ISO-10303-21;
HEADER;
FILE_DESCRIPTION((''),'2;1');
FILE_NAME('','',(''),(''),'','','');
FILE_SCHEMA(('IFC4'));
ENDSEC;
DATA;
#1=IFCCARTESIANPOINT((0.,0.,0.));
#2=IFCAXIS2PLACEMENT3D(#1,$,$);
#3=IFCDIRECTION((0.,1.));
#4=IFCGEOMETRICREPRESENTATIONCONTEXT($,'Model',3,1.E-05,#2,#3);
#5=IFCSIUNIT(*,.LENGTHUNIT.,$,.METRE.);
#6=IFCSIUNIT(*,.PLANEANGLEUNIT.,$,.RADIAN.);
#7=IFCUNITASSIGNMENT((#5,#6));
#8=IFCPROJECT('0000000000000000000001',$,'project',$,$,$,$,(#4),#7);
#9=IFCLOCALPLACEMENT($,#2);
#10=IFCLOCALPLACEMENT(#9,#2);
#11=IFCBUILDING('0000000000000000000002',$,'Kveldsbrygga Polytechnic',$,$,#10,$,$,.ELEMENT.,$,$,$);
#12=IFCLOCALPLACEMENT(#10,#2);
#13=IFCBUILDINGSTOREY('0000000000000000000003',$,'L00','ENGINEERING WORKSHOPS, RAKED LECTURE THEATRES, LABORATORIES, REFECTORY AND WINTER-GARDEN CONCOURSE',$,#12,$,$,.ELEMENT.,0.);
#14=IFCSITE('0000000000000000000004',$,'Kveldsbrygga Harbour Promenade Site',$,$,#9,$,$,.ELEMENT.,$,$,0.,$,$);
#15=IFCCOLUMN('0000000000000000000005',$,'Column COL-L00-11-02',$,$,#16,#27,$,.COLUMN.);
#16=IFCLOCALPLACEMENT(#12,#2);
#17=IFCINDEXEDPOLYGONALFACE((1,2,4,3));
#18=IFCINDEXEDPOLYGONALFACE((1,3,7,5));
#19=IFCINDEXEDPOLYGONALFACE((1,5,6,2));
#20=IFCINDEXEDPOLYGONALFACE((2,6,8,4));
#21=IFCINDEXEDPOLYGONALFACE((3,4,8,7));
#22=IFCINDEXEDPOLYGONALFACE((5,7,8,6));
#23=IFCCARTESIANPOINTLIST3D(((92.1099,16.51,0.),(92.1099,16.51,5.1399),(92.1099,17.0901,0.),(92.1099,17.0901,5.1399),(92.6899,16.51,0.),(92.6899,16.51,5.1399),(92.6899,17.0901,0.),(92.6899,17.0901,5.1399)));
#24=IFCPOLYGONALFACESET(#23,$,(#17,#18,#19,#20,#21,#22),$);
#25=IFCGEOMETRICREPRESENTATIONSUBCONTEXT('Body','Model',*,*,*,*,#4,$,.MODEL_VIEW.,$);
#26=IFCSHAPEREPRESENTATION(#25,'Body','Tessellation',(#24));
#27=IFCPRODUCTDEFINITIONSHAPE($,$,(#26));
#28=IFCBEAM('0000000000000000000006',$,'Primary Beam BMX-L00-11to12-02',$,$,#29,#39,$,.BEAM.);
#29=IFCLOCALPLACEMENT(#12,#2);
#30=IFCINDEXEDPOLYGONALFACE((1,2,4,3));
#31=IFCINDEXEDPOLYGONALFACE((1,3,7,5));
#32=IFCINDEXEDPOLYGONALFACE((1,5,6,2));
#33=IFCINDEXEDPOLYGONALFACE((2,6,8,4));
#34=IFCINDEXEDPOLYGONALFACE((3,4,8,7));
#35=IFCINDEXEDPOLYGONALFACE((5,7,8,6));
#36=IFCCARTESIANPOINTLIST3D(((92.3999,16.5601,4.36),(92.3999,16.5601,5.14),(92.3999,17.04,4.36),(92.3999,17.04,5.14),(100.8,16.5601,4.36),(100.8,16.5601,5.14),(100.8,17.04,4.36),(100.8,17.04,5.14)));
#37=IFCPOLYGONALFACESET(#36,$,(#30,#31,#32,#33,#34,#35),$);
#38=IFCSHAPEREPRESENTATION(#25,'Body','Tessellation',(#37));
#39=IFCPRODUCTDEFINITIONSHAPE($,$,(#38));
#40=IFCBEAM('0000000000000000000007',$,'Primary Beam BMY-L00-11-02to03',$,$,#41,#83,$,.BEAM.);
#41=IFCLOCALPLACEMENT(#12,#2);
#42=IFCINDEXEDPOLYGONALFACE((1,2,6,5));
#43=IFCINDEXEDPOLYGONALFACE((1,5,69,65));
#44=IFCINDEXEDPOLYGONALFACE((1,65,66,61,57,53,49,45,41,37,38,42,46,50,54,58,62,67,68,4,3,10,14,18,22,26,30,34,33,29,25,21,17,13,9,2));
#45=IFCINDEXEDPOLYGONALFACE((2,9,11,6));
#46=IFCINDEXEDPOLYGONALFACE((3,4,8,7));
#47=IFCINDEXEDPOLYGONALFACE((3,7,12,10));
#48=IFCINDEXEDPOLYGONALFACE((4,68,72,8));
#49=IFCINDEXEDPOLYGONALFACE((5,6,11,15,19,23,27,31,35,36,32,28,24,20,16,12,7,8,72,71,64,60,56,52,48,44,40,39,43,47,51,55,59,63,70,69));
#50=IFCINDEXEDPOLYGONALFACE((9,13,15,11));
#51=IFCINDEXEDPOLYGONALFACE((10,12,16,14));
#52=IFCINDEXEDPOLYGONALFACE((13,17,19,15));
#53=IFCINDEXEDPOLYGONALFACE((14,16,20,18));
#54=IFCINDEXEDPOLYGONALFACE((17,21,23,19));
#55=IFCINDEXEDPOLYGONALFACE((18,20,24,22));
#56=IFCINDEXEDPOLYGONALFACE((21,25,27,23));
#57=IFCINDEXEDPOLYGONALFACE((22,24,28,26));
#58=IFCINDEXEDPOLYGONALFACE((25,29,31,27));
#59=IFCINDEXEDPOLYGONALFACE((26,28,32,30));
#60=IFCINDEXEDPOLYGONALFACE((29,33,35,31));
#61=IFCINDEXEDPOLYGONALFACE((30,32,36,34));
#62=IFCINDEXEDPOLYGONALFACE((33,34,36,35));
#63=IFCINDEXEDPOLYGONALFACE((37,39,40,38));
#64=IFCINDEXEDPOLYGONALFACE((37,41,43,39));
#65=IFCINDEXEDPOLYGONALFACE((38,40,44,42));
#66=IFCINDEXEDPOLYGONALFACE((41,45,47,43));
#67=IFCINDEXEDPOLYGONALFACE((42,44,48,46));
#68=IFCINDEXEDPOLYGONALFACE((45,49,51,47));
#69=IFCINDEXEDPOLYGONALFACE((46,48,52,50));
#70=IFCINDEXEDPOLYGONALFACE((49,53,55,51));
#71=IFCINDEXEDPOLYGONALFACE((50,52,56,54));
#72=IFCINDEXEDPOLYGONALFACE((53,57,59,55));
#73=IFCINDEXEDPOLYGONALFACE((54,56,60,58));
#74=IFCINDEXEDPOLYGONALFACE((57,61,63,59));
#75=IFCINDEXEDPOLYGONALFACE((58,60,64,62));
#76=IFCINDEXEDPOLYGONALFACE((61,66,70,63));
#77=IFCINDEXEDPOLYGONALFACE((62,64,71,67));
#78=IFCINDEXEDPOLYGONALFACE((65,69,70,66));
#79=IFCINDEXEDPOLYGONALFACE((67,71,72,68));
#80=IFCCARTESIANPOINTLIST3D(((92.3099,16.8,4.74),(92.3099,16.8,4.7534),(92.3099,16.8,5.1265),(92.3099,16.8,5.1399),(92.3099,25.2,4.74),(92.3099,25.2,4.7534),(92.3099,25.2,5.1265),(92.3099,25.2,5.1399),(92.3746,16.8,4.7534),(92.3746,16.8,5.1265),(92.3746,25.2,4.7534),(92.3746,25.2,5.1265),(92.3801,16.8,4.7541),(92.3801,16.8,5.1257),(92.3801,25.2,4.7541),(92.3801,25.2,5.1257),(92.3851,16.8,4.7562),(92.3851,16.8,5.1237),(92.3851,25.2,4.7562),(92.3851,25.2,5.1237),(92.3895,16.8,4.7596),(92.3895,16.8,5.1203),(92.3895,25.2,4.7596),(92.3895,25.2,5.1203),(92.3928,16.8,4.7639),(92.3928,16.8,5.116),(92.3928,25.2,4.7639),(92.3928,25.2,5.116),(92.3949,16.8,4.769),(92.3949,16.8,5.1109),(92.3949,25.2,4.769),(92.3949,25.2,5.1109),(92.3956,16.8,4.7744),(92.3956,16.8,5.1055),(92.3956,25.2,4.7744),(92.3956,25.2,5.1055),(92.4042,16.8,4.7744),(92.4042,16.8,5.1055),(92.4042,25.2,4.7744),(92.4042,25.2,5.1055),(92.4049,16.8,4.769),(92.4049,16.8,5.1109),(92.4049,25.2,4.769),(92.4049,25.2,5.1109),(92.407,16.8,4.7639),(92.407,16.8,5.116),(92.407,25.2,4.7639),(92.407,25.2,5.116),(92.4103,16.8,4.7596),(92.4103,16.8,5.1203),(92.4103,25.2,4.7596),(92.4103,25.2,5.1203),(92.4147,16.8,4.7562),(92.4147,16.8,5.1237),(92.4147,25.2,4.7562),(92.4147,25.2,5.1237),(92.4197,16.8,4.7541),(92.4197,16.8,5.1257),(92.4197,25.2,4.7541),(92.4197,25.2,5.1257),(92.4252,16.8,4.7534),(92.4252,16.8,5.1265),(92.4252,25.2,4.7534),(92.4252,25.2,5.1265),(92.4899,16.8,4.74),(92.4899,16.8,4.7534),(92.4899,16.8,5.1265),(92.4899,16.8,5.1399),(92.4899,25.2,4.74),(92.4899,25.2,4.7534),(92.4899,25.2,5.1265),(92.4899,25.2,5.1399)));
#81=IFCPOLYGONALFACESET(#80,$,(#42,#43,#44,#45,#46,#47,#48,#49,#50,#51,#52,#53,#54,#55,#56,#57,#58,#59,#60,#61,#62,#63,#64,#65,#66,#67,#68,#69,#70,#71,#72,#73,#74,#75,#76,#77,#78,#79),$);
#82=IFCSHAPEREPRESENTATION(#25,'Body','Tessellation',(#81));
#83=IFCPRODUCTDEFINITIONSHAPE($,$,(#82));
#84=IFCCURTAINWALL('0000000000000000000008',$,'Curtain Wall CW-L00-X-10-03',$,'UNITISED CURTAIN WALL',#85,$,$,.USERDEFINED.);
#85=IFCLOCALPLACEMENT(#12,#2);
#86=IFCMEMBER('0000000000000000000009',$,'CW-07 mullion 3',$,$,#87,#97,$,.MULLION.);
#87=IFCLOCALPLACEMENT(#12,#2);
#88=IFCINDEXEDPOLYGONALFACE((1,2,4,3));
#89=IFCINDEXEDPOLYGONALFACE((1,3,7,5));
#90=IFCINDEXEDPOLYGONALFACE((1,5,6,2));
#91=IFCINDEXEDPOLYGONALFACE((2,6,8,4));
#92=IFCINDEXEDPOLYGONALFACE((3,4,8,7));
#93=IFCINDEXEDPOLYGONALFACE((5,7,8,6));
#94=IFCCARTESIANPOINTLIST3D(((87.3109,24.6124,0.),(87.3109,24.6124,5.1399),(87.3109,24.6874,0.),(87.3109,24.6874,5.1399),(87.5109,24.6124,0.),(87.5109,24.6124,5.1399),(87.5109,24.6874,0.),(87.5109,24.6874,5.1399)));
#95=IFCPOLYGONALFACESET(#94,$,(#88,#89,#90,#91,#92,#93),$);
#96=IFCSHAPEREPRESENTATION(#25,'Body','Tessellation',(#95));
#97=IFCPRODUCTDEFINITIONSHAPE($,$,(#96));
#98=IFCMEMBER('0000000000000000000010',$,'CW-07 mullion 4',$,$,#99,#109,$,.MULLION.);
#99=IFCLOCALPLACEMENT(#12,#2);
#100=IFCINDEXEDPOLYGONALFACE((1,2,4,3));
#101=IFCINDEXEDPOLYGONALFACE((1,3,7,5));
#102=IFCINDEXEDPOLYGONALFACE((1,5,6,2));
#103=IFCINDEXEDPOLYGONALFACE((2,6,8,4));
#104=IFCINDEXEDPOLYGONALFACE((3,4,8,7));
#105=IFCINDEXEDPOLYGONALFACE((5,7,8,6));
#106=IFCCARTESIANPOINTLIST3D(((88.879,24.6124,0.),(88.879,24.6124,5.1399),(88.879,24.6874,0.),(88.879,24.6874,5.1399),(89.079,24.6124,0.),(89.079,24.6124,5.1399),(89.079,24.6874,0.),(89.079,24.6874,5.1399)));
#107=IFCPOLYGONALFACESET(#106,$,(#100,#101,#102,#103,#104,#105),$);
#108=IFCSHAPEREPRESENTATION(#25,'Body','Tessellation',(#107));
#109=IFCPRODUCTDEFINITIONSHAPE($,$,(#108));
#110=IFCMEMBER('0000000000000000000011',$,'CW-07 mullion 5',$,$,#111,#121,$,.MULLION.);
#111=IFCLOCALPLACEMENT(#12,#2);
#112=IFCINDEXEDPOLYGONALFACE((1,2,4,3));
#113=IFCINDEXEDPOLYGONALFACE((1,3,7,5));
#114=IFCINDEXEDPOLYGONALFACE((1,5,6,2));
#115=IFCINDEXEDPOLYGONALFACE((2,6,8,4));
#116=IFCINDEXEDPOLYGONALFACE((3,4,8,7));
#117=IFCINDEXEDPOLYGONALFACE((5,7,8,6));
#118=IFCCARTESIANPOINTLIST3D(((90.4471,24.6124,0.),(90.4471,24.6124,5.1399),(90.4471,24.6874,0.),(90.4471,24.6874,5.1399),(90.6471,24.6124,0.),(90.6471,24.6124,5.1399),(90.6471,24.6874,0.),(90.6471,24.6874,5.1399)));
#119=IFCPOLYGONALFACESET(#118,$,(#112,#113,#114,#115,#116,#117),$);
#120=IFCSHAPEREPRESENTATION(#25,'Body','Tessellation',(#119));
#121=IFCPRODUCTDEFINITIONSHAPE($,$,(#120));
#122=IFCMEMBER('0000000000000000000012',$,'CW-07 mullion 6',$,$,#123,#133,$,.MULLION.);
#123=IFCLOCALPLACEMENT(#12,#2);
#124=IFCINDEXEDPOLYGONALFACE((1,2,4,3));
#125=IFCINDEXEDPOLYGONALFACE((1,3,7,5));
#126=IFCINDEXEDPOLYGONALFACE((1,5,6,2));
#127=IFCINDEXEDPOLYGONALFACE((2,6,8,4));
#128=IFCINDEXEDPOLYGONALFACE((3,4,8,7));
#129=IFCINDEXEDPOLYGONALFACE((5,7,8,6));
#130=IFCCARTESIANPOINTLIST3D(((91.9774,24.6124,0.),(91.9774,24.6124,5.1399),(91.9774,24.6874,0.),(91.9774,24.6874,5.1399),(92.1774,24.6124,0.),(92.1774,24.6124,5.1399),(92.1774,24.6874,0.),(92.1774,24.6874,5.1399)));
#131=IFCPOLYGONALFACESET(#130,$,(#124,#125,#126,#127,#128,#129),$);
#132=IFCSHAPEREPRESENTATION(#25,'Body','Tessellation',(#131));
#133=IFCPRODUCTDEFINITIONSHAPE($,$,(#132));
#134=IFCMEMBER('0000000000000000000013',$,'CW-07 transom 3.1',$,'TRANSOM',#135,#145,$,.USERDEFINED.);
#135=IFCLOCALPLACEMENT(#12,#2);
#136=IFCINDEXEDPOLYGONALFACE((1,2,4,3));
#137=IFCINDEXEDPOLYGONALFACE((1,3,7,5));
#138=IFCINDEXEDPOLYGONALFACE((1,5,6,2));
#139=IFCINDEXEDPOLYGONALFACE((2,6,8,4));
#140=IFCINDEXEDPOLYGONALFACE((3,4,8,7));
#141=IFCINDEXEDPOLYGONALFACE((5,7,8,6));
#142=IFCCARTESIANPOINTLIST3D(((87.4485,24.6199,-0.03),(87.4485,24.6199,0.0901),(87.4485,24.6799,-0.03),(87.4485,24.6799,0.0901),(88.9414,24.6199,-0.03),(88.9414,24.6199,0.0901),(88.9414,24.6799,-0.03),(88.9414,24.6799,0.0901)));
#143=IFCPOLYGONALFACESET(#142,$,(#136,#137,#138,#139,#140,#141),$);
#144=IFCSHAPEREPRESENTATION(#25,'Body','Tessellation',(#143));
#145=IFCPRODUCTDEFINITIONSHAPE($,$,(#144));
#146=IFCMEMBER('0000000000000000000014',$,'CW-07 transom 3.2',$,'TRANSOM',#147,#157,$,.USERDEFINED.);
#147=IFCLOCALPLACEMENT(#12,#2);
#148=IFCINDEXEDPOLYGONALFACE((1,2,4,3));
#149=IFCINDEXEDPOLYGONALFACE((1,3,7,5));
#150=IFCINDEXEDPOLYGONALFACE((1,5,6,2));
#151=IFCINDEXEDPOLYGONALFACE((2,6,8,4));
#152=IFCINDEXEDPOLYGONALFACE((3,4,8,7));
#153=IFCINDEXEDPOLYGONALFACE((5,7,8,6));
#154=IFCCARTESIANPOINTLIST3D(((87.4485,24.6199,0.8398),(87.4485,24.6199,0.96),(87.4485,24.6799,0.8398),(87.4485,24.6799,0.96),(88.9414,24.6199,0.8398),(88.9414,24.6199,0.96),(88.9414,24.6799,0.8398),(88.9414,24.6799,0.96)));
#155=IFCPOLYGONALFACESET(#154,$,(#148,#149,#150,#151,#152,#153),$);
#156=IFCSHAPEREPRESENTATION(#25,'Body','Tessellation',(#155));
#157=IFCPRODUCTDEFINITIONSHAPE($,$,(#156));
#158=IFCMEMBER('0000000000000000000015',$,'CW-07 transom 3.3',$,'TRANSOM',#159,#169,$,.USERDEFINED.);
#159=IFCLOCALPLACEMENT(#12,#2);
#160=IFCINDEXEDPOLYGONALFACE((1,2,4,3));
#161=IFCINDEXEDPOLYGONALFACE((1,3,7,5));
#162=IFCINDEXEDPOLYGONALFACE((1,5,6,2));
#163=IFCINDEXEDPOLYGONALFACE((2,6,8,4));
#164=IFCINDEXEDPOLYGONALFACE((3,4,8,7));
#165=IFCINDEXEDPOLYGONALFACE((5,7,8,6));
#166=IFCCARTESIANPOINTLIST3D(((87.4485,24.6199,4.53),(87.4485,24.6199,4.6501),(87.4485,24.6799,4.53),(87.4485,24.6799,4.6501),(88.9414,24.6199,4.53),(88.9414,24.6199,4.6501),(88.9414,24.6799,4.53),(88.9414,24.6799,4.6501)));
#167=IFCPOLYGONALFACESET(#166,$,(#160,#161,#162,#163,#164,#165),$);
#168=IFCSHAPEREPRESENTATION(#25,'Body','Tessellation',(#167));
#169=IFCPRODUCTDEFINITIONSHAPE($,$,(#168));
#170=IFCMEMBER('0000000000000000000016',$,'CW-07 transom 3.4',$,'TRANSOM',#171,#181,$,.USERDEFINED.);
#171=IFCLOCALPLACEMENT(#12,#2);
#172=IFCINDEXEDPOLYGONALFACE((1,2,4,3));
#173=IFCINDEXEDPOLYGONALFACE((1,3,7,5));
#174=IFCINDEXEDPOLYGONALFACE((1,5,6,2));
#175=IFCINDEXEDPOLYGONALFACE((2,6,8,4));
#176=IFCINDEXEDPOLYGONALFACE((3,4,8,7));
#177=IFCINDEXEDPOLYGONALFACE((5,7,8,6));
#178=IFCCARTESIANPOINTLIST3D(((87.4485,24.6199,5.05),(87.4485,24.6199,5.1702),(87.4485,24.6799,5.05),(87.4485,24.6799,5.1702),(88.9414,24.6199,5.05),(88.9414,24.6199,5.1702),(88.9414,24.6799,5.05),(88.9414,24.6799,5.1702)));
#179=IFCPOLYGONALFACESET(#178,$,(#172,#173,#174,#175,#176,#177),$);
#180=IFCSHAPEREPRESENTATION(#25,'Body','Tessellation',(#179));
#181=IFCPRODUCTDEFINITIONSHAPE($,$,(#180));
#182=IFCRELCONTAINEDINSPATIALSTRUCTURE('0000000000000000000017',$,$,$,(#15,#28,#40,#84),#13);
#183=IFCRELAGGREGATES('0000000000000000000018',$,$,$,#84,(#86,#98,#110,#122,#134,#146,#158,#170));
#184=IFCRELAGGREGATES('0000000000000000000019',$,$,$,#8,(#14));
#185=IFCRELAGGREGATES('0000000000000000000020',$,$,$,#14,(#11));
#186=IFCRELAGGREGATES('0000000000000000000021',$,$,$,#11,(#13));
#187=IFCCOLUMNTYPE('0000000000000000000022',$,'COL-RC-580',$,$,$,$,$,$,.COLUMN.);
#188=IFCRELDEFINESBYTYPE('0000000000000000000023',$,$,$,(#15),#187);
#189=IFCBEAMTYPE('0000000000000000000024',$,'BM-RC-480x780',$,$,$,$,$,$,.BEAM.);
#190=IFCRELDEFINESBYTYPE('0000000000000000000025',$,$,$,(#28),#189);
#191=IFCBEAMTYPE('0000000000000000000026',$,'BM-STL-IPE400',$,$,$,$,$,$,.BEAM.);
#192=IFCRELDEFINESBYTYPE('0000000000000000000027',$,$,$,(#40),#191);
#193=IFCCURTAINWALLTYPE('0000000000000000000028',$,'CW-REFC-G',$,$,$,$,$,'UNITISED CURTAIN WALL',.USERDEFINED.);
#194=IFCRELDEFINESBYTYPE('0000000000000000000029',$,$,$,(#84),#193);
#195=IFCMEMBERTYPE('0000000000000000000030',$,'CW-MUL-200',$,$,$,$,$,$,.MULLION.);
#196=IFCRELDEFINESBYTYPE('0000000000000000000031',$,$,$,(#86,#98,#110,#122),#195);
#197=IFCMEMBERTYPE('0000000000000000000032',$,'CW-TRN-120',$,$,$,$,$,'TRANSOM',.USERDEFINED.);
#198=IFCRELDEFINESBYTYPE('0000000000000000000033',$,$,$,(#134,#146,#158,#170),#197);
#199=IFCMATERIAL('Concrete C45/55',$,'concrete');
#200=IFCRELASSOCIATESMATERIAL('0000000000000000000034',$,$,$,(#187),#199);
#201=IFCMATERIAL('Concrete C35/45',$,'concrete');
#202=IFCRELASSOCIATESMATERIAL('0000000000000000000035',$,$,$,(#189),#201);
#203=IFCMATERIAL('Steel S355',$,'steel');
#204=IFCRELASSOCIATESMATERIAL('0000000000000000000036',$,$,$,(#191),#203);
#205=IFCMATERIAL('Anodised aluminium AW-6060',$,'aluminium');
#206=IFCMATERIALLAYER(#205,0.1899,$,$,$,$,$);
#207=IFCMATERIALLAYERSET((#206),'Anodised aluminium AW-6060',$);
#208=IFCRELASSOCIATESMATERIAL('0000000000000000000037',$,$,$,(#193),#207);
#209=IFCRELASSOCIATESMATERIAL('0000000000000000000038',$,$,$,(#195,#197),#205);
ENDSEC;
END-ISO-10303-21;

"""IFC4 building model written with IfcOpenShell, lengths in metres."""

from ifc_helpers import new_model, si_unit, direction, frame, origin, origin_2d, place, context, subcontext, project, spatial, rectangle, i_section, extrude, material, layer, layer_set, material_profile, profile_set, type_object, element, aggregate, save


model = new_model("IFC4")

# Units and contexts
model_context = context("Model", 3, precision=1e-05, world=origin(), true_north=direction((0.0, 1.0)))
body_context = subcontext(model_context, "Body", "Model", "MODEL_VIEW")
ifc_project = project(units=[si_unit("LENGTHUNIT", "METRE"), si_unit("PLANEANGLEUNIT", "RADIAN")], contexts=[model_context])

# Site, building, storey
site_placement = place(None, origin())
site = spatial("IfcSite", under=ifc_project, at=site_placement, Name="Kveldsbrygga Harbour Promenade Site", CompositionType="ELEMENT", RefElevation=0.0)
building_placement = place(site_placement, origin())
building = spatial("IfcBuilding", under=site, at=building_placement, Name="Kveldsbrygga Polytechnic", CompositionType="ELEMENT")
storey_placement = place(building_placement, origin())
storey = spatial("IfcBuildingStorey", under=building, at=storey_placement, Name="L00", Description="ENGINEERING WORKSHOPS, RAKED LECTURE THEATRES, LABORATORIES, REFECTORY AND WINTER-GARDEN CONCOURSE", CompositionType="ELEMENT", Elevation=0.0)

# Column
ifc_material_1 = material(Name="Concrete C45/55", Category="concrete")
ifc_material_profile_1 = material_profile(ifc_material_1, rectangle(XDim=0.5801, YDim=0.5801, at=origin_2d()), Name="RC 580x580")
ifc_profile_set_1 = profile_set([ifc_material_profile_1], Name="Concrete C45/55")
column_type = type_object("IfcColumnType", Name="COL-RC-580", PredefinedType="COLUMN", material=ifc_profile_set_1)
column_placement = place(storey_placement, frame((92.3999, 16.8, 0.0), z_axis=(0.0, 0.0, 1.0), x_axis=(1.0, 0.0, 0.0)))
element("IfcColumn", 1, at=column_placement, inside=storey, type_object=column_type, Name="Column COL-L00-11-02", PredefinedType="COLUMN", context=body_context, shape_type="SweptSolid", body=[
    extrude(rectangle(XDim=0.5801, YDim=0.5801, at=origin_2d()), origin(), (0.0, 0.0, 1.0), 5.1399),
])

# Beams
ifc_material_2 = material(Name="Concrete C35/45", Category="concrete")
ifc_material_profile_2 = material_profile(ifc_material_2, rectangle(XDim=0.48, YDim=0.78, at=origin_2d()), Name="RC 480x780")
ifc_profile_set_2 = profile_set([ifc_material_profile_2], Name="Concrete C35/45")
beam_type_1 = type_object("IfcBeamType", Name="BM-RC-480x780", PredefinedType="BEAM", material=ifc_profile_set_2)
beam_1_placement = place(storey_placement, frame((92.3999, 16.8, 4.75), z_axis=(1.0, 0.0, 0.0), x_axis=(0.0, 1.0, 0.0)))
element("IfcBeam", 2, at=beam_1_placement, inside=storey, type_object=beam_type_1, Name="Primary Beam BMX-L00-11to12-02", PredefinedType="BEAM", context=body_context, shape_type="SweptSolid", body=[
    extrude(rectangle(XDim=0.48, YDim=0.78, at=origin_2d()), origin(), (0.0, 0.0, 1.0), 8.4001),
])
ifc_material_3 = material(Name="Steel S355", Category="steel")
ifc_material_profile_3 = material_profile(ifc_material_3, i_section(OverallWidth=0.1799, OverallDepth=0.3999, WebThickness=0.0085, FlangeThickness=0.0134, FilletRadius=0.021, at=origin_2d()), Name="IPE 400")
ifc_profile_set_3 = profile_set([ifc_material_profile_3], Name="Steel S355")
beam_type_2 = type_object("IfcBeamType", Name="BM-STL-IPE400", PredefinedType="BEAM", material=ifc_profile_set_3)
beam_2_placement = place(storey_placement, frame((92.3999, 16.8, 4.9399), z_axis=(0.0, 1.0, 0.0), x_axis=(-1.0, 0.0, 0.0)))
element("IfcBeam", 3, at=beam_2_placement, inside=storey, type_object=beam_type_2, Name="Primary Beam BMY-L00-11-02to03", PredefinedType="BEAM", context=body_context, shape_type="SweptSolid", body=[
    extrude(i_section(OverallWidth=0.1799, OverallDepth=0.3999, WebThickness=0.0085, FlangeThickness=0.0134, FilletRadius=0.021, at=origin_2d()), origin(), (0.0, 0.0, 1.0), 8.3999),
])

# Curtain wall, members
ifc_material_4 = material(Name="Anodised aluminium AW-6060", Category="aluminium")
ifc_layer_1 = layer(ifc_material_4, 0.1899)
ifc_layer_set_1 = layer_set([ifc_layer_1], Name="Anodised aluminium AW-6060")
curtain_wall_type = type_object("IfcCurtainWallType", Name="CW-REFC-G", ElementType="UNITISED CURTAIN WALL", PredefinedType="USERDEFINED", material=ifc_layer_set_1)
curtain_wall_placement = place(storey_placement, origin())
curtain_wall = element("IfcCurtainWall", 4, at=curtain_wall_placement, inside=storey, type_object=curtain_wall_type, Name="Curtain Wall CW-L00-X-10-03", ObjectType="UNITISED CURTAIN WALL", PredefinedType="USERDEFINED")
ifc_material_profile_4 = material_profile(ifc_material_4, rectangle(XDim=0.075, YDim=0.2, at=origin_2d()), Name="ALU 75x200")
ifc_profile_set_4 = profile_set([ifc_material_profile_4], Name="Anodised aluminium AW-6060")
member_type_1 = type_object("IfcMemberType", Name="CW-MUL-200", PredefinedType="MULLION", material=ifc_profile_set_4)
member_1_placement = place(storey_placement, frame((87.4109, 24.6499, 0.0), z_axis=(0.0, 0.0, 1.0), x_axis=(0.0, 1.0, 0.0)))
member_1 = element("IfcMember", 5, at=member_1_placement, type_object=member_type_1, Name="CW-07 mullion 3", PredefinedType="MULLION", context=body_context, shape_type="SweptSolid", body=[
    extrude(rectangle(XDim=0.075, YDim=0.2, at=origin_2d()), origin(), (0.0, 0.0, 1.0), 5.1399),
])
member_2_placement = place(storey_placement, frame((88.979, 24.6499, 0.0), z_axis=(0.0, 0.0, 1.0), x_axis=(0.0, 1.0, 0.0)))
member_2 = element("IfcMember", 6, at=member_2_placement, type_object=member_type_1, Name="CW-07 mullion 4", PredefinedType="MULLION", context=body_context, shape_type="SweptSolid", body=[
    extrude(rectangle(XDim=0.075, YDim=0.2, at=origin_2d()), origin(), (0.0, 0.0, 1.0), 5.1399),
])
member_3_placement = place(storey_placement, frame((90.5471, 24.6499, 0.0), z_axis=(0.0, 0.0, 1.0), x_axis=(0.0, 1.0, 0.0)))
member_3 = element("IfcMember", 7, at=member_3_placement, type_object=member_type_1, Name="CW-07 mullion 5", PredefinedType="MULLION", context=body_context, shape_type="SweptSolid", body=[
    extrude(rectangle(XDim=0.075, YDim=0.2, at=origin_2d()), origin(), (0.0, 0.0, 1.0), 5.1399),
])
member_4_placement = place(storey_placement, frame((92.0774, 24.6499, 0.0), z_axis=(0.0, 0.0, 1.0), x_axis=(0.0, 1.0, 0.0)))
member_4 = element("IfcMember", 8, at=member_4_placement, type_object=member_type_1, Name="CW-07 mullion 6", PredefinedType="MULLION", context=body_context, shape_type="SweptSolid", body=[
    extrude(rectangle(XDim=0.075, YDim=0.2, at=origin_2d()), origin(), (0.0, 0.0, 1.0), 5.1399),
])
ifc_material_profile_5 = material_profile(ifc_material_4, rectangle(XDim=0.0601, YDim=0.1201, at=origin_2d()), Name="ALU 60x120")
ifc_profile_set_5 = profile_set([ifc_material_profile_5], Name="Anodised aluminium AW-6060")
member_type_2 = type_object("IfcMemberType", Name="CW-TRN-120", ElementType="TRANSOM", PredefinedType="USERDEFINED", material=ifc_profile_set_5)
member_5_placement = place(storey_placement, frame((87.4485, 24.6499, 0.03), z_axis=(1.0, 0.0, 0.0), x_axis=(0.0, 1.0, 0.0)))
member_5 = element("IfcMember", 9, at=member_5_placement, type_object=member_type_2, Name="CW-07 transom 3.1", ObjectType="TRANSOM", PredefinedType="USERDEFINED", context=body_context, shape_type="SweptSolid", body=[
    extrude(rectangle(XDim=0.0601, YDim=0.1201, at=origin_2d()), origin(), (0.0, 0.0, 1.0), 1.4929),
])
member_6_placement = place(storey_placement, frame((87.4485, 24.6499, 0.8999), z_axis=(1.0, 0.0, 0.0), x_axis=(0.0, 1.0, 0.0)))
member_6 = element("IfcMember", 10, at=member_6_placement, type_object=member_type_2, Name="CW-07 transom 3.2", ObjectType="TRANSOM", PredefinedType="USERDEFINED", context=body_context, shape_type="SweptSolid", body=[
    extrude(rectangle(XDim=0.0601, YDim=0.1201, at=origin_2d()), origin(), (0.0, 0.0, 1.0), 1.4929),
])
member_7_placement = place(storey_placement, frame((87.4485, 24.6499, 4.5901), z_axis=(1.0, 0.0, 0.0), x_axis=(0.0, 1.0, 0.0)))
member_7 = element("IfcMember", 11, at=member_7_placement, type_object=member_type_2, Name="CW-07 transom 3.3", ObjectType="TRANSOM", PredefinedType="USERDEFINED", context=body_context, shape_type="SweptSolid", body=[
    extrude(rectangle(XDim=0.0601, YDim=0.1201, at=origin_2d()), origin(), (0.0, 0.0, 1.0), 1.4929),
])
member_8_placement = place(storey_placement, frame((87.4485, 24.6499, 5.1101), z_axis=(1.0, 0.0, 0.0), x_axis=(0.0, 1.0, 0.0)))
member_8 = element("IfcMember", 12, at=member_8_placement, type_object=member_type_2, Name="CW-07 transom 3.4", ObjectType="TRANSOM", PredefinedType="USERDEFINED", context=body_context, shape_type="SweptSolid", body=[
    extrude(rectangle(XDim=0.0601, YDim=0.1201, at=origin_2d()), origin(), (0.0, 0.0, 1.0), 1.4929),
])

aggregate(curtain_wall, [member_1, member_2, member_3, member_4, member_5, member_6, member_7, member_8])

save(model, "model.ifc")
